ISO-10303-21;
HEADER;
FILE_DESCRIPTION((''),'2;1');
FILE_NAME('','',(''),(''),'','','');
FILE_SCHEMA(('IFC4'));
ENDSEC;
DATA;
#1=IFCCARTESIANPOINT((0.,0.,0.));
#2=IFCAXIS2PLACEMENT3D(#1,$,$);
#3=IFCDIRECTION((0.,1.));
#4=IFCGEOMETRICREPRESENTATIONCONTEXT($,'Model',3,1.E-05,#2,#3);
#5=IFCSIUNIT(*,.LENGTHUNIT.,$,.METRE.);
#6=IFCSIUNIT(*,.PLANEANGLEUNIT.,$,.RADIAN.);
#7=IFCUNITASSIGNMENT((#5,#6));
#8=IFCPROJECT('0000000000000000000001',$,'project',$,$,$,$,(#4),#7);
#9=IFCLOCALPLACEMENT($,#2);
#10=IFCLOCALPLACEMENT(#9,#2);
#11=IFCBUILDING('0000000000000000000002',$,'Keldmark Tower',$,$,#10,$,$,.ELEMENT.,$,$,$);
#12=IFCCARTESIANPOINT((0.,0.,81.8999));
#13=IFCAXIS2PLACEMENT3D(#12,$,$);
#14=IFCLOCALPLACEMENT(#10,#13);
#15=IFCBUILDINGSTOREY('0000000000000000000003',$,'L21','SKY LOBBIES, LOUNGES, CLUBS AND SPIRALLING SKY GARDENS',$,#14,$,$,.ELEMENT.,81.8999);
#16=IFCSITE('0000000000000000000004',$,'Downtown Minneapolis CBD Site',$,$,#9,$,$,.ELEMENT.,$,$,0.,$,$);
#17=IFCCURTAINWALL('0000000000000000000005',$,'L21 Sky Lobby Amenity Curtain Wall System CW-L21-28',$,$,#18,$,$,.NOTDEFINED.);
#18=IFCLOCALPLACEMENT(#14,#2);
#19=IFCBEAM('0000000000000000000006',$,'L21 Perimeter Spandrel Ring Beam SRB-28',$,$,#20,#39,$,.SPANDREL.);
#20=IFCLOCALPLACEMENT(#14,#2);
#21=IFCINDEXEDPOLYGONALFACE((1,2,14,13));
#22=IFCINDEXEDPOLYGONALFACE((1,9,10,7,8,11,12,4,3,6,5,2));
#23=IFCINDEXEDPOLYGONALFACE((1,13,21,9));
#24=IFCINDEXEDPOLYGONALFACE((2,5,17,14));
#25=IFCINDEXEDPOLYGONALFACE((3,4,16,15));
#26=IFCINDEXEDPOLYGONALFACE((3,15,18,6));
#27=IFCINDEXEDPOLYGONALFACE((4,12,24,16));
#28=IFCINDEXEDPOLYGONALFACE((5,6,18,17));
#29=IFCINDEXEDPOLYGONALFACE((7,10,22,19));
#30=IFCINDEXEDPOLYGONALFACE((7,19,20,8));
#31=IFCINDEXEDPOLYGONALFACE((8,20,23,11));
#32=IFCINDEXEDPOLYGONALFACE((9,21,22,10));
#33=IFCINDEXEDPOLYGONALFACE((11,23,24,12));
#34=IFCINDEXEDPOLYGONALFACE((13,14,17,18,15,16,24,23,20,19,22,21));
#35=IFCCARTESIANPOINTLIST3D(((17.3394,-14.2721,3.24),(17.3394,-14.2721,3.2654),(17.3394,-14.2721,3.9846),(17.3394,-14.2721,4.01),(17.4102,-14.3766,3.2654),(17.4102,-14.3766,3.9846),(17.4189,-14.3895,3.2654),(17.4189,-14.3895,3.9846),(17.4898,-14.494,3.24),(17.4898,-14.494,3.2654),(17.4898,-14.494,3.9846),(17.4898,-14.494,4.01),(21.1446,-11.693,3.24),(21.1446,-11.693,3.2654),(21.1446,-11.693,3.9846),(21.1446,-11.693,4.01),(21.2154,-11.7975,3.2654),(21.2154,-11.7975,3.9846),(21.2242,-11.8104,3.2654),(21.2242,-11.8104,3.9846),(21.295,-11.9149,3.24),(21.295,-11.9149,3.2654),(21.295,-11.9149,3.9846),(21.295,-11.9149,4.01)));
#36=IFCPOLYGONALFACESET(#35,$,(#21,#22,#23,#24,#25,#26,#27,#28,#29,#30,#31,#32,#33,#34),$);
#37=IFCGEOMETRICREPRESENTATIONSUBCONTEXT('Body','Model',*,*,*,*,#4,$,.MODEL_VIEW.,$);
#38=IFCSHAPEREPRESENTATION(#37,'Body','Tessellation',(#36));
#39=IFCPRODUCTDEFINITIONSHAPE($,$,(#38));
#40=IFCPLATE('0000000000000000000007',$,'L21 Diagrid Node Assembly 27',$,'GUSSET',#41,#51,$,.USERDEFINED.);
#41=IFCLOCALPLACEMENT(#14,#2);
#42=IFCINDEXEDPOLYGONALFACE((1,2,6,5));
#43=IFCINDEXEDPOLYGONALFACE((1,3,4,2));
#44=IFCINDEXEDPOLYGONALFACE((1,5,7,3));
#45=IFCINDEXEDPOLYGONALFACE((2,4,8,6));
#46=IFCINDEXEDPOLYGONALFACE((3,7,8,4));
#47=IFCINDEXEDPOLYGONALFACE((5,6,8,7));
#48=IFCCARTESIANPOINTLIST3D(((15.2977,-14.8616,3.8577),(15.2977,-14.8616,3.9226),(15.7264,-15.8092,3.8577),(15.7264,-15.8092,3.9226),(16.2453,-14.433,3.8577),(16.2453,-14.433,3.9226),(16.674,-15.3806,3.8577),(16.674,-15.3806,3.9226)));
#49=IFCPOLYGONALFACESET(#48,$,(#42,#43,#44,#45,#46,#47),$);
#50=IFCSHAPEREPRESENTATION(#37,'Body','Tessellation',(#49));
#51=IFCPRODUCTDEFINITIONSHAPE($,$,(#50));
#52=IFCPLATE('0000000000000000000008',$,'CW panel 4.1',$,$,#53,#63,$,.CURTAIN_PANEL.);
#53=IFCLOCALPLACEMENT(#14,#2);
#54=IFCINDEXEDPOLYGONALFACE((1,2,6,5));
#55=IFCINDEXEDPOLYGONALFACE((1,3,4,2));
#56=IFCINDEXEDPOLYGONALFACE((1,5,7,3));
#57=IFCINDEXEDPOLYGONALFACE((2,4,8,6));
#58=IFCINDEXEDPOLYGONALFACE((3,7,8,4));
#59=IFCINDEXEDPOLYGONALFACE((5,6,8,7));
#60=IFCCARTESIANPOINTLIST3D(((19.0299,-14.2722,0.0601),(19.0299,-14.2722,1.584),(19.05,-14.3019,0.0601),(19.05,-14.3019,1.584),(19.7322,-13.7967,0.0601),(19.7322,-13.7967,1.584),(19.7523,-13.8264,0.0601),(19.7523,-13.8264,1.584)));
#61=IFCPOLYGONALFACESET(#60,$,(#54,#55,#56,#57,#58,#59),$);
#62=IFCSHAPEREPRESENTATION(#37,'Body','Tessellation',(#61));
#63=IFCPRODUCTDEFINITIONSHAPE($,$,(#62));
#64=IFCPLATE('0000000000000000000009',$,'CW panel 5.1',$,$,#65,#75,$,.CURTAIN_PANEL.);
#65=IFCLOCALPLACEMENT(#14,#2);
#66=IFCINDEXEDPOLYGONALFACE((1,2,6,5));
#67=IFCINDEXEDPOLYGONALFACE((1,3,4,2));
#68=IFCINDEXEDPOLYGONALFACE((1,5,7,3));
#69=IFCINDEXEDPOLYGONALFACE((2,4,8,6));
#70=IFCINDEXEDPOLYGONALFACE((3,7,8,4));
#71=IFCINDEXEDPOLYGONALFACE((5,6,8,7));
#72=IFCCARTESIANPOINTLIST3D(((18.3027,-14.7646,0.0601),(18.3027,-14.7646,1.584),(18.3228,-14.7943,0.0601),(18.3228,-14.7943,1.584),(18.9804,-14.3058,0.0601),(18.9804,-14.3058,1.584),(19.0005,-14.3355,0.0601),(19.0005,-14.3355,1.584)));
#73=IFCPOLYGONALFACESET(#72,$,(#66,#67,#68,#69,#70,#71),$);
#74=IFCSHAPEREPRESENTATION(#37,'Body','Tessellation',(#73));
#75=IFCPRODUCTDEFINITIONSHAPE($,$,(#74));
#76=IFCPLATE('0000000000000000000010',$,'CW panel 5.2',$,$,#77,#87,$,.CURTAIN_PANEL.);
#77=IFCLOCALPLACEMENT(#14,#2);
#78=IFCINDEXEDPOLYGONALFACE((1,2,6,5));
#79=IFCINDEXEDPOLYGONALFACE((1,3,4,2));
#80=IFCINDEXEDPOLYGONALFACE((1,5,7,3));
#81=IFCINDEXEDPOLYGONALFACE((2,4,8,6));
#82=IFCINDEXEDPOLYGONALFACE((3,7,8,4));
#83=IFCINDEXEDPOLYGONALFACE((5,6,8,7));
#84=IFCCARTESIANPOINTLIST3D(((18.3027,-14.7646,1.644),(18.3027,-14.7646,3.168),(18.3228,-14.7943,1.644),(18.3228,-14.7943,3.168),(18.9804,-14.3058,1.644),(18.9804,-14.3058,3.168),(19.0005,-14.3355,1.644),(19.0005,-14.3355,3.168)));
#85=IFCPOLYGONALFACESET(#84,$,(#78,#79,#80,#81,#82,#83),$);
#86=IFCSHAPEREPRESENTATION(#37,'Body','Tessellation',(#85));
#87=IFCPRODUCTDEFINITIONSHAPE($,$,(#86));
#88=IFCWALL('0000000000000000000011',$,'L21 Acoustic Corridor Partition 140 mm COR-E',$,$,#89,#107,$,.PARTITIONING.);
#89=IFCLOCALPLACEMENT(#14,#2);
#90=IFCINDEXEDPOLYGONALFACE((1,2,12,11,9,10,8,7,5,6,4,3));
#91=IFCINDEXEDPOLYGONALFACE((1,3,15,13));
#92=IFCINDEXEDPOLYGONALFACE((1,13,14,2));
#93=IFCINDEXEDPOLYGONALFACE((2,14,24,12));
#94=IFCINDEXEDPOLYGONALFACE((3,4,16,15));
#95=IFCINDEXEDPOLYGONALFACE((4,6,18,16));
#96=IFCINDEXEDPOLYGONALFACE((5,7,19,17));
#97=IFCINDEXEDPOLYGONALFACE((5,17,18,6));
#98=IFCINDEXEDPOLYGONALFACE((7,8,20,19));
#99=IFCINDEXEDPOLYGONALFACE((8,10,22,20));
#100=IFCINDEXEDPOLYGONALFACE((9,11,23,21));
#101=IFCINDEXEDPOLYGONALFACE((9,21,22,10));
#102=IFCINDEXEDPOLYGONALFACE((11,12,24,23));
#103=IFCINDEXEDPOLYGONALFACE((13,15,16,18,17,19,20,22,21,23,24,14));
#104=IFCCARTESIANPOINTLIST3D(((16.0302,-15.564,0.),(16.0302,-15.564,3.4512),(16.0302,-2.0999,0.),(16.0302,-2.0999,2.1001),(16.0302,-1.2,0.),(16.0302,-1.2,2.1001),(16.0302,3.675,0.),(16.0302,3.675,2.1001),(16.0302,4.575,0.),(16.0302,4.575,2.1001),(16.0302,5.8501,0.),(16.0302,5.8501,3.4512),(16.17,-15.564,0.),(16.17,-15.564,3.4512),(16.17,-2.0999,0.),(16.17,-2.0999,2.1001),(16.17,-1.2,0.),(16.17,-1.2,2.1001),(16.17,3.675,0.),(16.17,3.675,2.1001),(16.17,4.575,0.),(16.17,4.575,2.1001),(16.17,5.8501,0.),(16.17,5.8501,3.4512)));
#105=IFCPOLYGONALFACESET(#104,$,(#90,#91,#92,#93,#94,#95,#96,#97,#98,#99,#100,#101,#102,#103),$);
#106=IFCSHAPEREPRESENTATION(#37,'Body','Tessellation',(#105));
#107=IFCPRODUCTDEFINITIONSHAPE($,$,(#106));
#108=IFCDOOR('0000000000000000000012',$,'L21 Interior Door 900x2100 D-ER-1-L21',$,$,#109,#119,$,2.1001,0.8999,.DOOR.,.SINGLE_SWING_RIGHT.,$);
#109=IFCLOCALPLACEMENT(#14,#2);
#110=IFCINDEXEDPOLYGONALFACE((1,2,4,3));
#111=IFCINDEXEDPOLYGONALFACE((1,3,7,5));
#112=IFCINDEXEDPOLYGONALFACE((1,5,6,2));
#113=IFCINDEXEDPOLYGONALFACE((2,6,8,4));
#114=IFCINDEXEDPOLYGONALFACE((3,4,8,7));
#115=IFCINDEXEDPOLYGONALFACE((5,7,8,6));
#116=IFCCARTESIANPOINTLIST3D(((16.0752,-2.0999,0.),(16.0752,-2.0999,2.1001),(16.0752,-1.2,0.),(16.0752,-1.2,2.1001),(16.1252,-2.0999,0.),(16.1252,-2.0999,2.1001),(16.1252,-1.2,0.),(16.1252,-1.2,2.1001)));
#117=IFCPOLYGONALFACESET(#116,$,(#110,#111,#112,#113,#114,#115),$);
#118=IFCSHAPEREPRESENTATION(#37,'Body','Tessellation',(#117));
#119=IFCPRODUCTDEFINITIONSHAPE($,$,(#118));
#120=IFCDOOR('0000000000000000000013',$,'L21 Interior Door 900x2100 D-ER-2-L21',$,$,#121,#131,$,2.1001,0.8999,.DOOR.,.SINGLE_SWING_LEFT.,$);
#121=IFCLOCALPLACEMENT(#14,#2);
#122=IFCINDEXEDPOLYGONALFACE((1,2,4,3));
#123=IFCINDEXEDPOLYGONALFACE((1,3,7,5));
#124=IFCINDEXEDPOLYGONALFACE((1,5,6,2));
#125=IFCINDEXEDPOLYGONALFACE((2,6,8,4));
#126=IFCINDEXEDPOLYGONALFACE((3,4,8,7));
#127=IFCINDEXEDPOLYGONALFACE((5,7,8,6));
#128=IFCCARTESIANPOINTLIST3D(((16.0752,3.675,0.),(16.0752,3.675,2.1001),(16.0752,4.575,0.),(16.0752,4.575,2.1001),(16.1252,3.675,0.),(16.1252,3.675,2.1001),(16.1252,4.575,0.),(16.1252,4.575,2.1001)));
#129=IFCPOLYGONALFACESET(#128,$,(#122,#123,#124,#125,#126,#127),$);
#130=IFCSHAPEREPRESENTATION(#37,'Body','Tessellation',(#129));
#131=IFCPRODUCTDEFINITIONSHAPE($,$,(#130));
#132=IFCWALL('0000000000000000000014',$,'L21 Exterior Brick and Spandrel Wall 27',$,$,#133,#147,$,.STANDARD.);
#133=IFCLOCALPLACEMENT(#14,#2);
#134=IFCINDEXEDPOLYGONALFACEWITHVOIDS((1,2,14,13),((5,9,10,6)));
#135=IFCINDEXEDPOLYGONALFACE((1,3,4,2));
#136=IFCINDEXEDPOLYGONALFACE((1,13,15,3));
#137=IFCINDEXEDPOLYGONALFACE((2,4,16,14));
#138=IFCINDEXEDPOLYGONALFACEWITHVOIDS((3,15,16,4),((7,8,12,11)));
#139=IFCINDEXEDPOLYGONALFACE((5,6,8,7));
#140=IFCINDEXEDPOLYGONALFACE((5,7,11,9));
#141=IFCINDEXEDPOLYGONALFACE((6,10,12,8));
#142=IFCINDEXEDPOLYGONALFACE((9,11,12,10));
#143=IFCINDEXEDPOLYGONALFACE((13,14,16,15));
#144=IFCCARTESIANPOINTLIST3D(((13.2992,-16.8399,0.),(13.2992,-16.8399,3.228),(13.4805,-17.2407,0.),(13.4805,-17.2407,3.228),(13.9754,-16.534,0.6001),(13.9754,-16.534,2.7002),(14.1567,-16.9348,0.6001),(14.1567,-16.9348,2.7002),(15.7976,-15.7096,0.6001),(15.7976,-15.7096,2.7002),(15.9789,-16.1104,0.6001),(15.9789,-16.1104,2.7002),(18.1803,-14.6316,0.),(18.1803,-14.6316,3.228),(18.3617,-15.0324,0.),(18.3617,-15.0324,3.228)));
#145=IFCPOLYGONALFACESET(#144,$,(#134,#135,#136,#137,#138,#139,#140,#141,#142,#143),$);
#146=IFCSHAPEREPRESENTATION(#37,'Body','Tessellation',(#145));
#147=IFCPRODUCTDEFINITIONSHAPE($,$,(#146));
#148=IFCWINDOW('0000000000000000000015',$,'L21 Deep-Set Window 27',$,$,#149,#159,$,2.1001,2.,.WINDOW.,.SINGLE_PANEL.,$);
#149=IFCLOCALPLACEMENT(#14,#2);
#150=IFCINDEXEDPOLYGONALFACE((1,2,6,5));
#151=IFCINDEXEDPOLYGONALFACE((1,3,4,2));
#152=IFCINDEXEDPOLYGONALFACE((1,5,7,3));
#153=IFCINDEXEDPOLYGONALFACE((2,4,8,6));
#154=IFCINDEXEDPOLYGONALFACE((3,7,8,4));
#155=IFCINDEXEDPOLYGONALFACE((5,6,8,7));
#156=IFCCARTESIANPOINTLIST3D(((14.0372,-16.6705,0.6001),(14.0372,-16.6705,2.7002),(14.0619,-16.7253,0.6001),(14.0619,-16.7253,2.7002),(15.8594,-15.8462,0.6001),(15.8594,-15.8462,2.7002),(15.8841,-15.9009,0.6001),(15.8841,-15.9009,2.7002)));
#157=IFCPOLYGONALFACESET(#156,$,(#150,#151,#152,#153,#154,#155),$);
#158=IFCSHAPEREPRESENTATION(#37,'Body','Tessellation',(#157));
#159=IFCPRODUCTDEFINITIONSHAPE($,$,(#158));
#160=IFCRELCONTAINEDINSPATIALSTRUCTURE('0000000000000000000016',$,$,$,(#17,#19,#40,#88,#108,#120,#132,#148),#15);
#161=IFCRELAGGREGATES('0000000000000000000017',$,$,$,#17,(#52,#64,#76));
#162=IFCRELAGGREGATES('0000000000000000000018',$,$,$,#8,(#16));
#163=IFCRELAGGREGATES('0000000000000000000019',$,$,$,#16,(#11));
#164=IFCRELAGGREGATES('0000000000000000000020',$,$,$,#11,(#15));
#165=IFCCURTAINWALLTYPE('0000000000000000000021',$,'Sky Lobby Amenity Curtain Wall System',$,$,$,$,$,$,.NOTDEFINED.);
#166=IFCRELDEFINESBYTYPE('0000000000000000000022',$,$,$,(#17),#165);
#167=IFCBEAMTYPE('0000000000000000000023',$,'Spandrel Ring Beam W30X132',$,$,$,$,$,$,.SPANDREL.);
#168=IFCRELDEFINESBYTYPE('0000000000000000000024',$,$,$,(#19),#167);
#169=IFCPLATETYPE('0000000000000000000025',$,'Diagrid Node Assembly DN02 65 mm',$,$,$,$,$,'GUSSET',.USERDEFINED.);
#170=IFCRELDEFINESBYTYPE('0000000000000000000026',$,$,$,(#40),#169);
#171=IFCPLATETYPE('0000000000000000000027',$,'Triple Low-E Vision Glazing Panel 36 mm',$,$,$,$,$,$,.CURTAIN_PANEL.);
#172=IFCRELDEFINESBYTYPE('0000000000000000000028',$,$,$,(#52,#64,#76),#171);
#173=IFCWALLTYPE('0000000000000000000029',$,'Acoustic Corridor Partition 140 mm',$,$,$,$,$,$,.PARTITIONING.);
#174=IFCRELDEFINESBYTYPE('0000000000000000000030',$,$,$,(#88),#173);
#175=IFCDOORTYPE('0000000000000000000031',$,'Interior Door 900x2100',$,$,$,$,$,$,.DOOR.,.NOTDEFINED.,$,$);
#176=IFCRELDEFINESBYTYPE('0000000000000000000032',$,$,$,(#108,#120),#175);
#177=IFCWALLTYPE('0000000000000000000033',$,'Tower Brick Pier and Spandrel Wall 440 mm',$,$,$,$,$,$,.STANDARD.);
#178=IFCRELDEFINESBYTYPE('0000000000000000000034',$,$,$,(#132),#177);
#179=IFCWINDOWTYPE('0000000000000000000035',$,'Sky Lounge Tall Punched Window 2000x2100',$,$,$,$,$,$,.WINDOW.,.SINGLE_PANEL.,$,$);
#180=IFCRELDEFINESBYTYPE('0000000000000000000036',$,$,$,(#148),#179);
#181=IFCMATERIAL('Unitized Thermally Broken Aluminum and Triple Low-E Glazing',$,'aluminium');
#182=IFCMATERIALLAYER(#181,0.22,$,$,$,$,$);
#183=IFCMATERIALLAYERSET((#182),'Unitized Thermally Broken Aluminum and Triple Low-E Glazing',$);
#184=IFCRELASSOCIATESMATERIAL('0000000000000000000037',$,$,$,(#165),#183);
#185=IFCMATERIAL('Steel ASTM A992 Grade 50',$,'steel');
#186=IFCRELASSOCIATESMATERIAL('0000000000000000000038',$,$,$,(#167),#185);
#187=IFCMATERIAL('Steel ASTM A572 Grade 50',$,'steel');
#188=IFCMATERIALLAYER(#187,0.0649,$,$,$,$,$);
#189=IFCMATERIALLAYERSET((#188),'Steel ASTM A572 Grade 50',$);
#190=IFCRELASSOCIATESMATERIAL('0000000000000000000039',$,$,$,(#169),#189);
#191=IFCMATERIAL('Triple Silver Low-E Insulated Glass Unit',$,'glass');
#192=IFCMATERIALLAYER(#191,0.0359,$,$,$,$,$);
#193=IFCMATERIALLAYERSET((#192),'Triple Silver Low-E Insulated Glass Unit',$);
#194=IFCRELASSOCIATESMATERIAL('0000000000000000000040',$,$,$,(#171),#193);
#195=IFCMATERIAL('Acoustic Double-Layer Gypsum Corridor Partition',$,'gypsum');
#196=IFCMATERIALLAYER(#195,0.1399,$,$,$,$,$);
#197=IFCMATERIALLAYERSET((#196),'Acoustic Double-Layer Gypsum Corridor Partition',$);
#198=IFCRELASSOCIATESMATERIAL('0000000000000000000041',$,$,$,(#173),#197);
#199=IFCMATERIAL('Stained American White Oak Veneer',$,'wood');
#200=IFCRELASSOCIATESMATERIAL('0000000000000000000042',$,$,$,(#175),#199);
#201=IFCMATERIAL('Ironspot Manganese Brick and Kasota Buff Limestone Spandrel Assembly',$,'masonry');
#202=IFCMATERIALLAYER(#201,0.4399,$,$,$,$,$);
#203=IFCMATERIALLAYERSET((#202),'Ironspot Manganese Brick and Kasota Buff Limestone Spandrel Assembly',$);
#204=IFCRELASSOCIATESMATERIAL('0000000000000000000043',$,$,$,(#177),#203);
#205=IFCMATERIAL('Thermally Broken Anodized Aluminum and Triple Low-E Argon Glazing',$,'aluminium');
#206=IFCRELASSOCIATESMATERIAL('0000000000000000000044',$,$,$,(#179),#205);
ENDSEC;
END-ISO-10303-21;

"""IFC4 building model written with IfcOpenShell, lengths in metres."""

from ifc_helpers import new_model, si_unit, direction, frame, frame_2d, origin, origin_2d, place, context, subcontext, project, spatial, rectangle, i_section, extrude, material, layer, layer_set, material_profile, profile_set, type_object, element, fill, aggregate, save


model = new_model("IFC4")

# Units and contexts
model_context = context("Model", 3, precision=1e-05, world=origin(), true_north=direction((0.0, 1.0)))
body_context = subcontext(model_context, "Body", "Model", "MODEL_VIEW")
ifc_project = project(units=[si_unit("LENGTHUNIT", "METRE"), si_unit("PLANEANGLEUNIT", "RADIAN")], contexts=[model_context])

# Site, building, storey
site_placement = place(None, origin())
site = spatial("IfcSite", under=ifc_project, at=site_placement, Name="Downtown Minneapolis CBD Site", CompositionType="ELEMENT", RefElevation=0.0)
building_placement = place(site_placement, origin())
building = spatial("IfcBuilding", under=site, at=building_placement, Name="Keldmark Tower", CompositionType="ELEMENT")
storey_placement = place(building_placement, frame((0.0, 0.0, 81.8999)))
storey = spatial("IfcBuildingStorey", under=building, at=storey_placement, Name="L21", Description="SKY LOBBIES, LOUNGES, CLUBS AND SPIRALLING SKY GARDENS", CompositionType="ELEMENT", Elevation=81.8999)

# Curtain wall
ifc_material_1 = material(Name="Unitized Thermally Broken Aluminum and Triple Low-E Glazing", Category="aluminium")
ifc_layer_1 = layer(ifc_material_1, 0.22)
ifc_layer_set_1 = layer_set([ifc_layer_1], Name="Unitized Thermally Broken Aluminum and Triple Low-E Glazing")
curtain_wall_type = type_object("IfcCurtainWallType", Name="Sky Lobby Amenity Curtain Wall System", PredefinedType="NOTDEFINED", material=ifc_layer_set_1)
curtain_wall_1_placement = place(storey_placement, origin())
curtain_wall_1 = element("IfcCurtainWall", 1, at=curtain_wall_1_placement, inside=storey, type_object=curtain_wall_type, Name="L21 Sky Lobby Amenity Curtain Wall System CW-L21-28", PredefinedType="NOTDEFINED")

# Beam
ifc_material_2 = material(Name="Steel ASTM A992 Grade 50", Category="steel")
ifc_material_profile_1 = material_profile(ifc_material_2, i_section(OverallWidth=0.2681, OverallDepth=0.77, WebThickness=0.0156, FlangeThickness=0.0254, at=origin_2d()), Name="W30X132")
ifc_profile_set_1 = profile_set([ifc_material_profile_1], Name="Steel ASTM A992 Grade 50")
beam_type_1 = type_object("IfcBeamType", Name="Spandrel Ring Beam W30X132", PredefinedType="SPANDREL", material=ifc_profile_set_1)
beam_1_placement = place(storey_placement, frame((17.4146, -14.3831, 3.625), z_axis=(0.827777, 0.561057, 0.0), x_axis=(-0.561057, 0.827777, 0.0)))
element("IfcBeam", 2, at=beam_1_placement, inside=storey, type_object=beam_type_1, Name="L21 Perimeter Spandrel Ring Beam SRB-28", PredefinedType="SPANDREL", context=body_context, shape_type="SweptSolid", body=[
    extrude(i_section(OverallWidth=0.2681, OverallDepth=0.77, WebThickness=0.0156, FlangeThickness=0.0254, at=origin_2d()), origin(), (0.0, 0.0, 1.0), 4.5969),
])

# Plates
ifc_material_3 = material(Name="Steel ASTM A572 Grade 50", Category="steel")
ifc_layer_2 = layer(ifc_material_3, 0.0649)
ifc_layer_set_2 = layer_set([ifc_layer_2], Name="Steel ASTM A572 Grade 50")
plate_type_1 = type_object("IfcPlateType", Name="Diagrid Node Assembly DN02 65 mm", ElementType="GUSSET", PredefinedType="USERDEFINED", material=ifc_layer_set_2)
plate_1_placement = place(storey_placement, frame((15.9858, -15.1211, 3.8577), z_axis=(0.0, 0.0, 1.0), x_axis=(0.911116, 0.412151, 0.0)))
element("IfcPlate", 3, at=plate_1_placement, inside=storey, type_object=plate_type_1, Name="L21 Diagrid Node Assembly 27", ObjectType="GUSSET", PredefinedType="USERDEFINED", context=body_context, shape_type="SweptSolid", body=[
    extrude(rectangle(XDim=1.04, YDim=1.04, at=origin_2d()), origin(), (0.0, 0.0, 1.0), 0.0649),
])
ifc_material_4 = material(Name="Triple Silver Low-E Insulated Glass Unit", Category="glass")
ifc_layer_3 = layer(ifc_material_4, 0.0359)
ifc_layer_set_3 = layer_set([ifc_layer_3], Name="Triple Silver Low-E Insulated Glass Unit")
plate_type_2 = type_object("IfcPlateType", Name="Triple Low-E Vision Glazing Panel 36 mm", PredefinedType="CURTAIN_PANEL", material=ifc_layer_set_3)
plate_2_placement = place(storey_placement, frame((19.3911, -14.0493, 0.0601), z_axis=(0.0, 0.0, 1.0), x_axis=(-0.828059, -0.560642, 0.0)))
plate_2 = element("IfcPlate", 4, at=plate_2_placement, type_object=plate_type_2, Name="CW panel 4.1", PredefinedType="CURTAIN_PANEL", context=body_context, shape_type="SweptSolid", body=[
    extrude(rectangle(XDim=0.8481, YDim=0.0359, at=origin_2d()), origin(), (0.0, 0.0, 1.0), 1.5239),
])
plate_3_placement = place(storey_placement, frame((18.6516, -14.55, 0.0601), z_axis=(0.0, 0.0, 1.0), x_axis=(-0.828059, -0.560642, 0.0)))
plate_3 = element("IfcPlate", 5, at=plate_3_placement, type_object=plate_type_2, Name="CW panel 5.1", PredefinedType="CURTAIN_PANEL", context=body_context, shape_type="SweptSolid", body=[
    extrude(rectangle(XDim=0.8184, YDim=0.0359, at=origin_2d()), origin(), (0.0, 0.0, 1.0), 1.5239),
])
plate_4_placement = place(storey_placement, frame((18.6516, -14.55, 1.644), z_axis=(0.0, 0.0, 1.0), x_axis=(-0.828059, -0.560642, 0.0)))
plate_4 = element("IfcPlate", 6, at=plate_4_placement, type_object=plate_type_2, Name="CW panel 5.2", PredefinedType="CURTAIN_PANEL", context=body_context, shape_type="SweptSolid", body=[
    extrude(rectangle(XDim=0.8184, YDim=0.0359, at=origin_2d()), origin(), (0.0, 0.0, 1.0), 1.5239),
])
aggregate(curtain_wall_1, [plate_2, plate_3, plate_4])

# Wall, openings, doors
ifc_material_5 = material(Name="Acoustic Double-Layer Gypsum Corridor Partition", Category="gypsum")
ifc_layer_4 = layer(ifc_material_5, 0.1399)
ifc_layer_set_4 = layer_set([ifc_layer_4], Name="Acoustic Double-Layer Gypsum Corridor Partition")
wall_type_1 = type_object("IfcWallType", Name="Acoustic Corridor Partition 140 mm", PredefinedType="PARTITIONING", material=ifc_layer_set_4)
wall_1_placement = place(storey_placement, frame((16.1001, -15.564, 0.0), z_axis=(0.0, 0.0, 1.0), x_axis=(0.0, 1.0, 0.0)))
wall_1 = element("IfcWall", 7, at=wall_1_placement, inside=storey, type_object=wall_type_1, Name="L21 Acoustic Corridor Partition 140 mm COR-E", PredefinedType="PARTITIONING", context=body_context, shape_type="SweptSolid", body=[
    extrude(rectangle(XDim=21.4141, YDim=0.1399, at=frame_2d((10.707, 0.0))), origin(), (0.0, 0.0, 1.0), 3.4512),
])
opening_1_placement = place(wall_1_placement, frame((13.4641, 0.0, 0.0)))
opening_1 = element("IfcOpeningElement", 8, at=opening_1_placement, cuts=wall_1, PredefinedType="OPENING", context=body_context, shape_type="SweptSolid", body=[
    extrude(rectangle(XDim=0.8999, YDim=2.1001, at=frame_2d((0.45, 1.05))), frame((0.0, 0.0798, 0.0), z_axis=(0.0, -1.0, 0.0), x_axis=(1.0, 0.0, 0.0)), (0.0, 0.0, 1.0), 0.1599),
])
opening_2_placement = place(wall_1_placement, frame((19.239, 0.0, 0.0)))
opening_2 = element("IfcOpeningElement", 9, at=opening_2_placement, cuts=wall_1, PredefinedType="OPENING", context=body_context, shape_type="SweptSolid", body=[
    extrude(rectangle(XDim=0.8999, YDim=2.1001, at=frame_2d((0.45, 1.05))), frame((0.0, 0.0798, 0.0), z_axis=(0.0, -1.0, 0.0), x_axis=(1.0, 0.0, 0.0)), (0.0, 0.0, 1.0), 0.1599),
])
ifc_material_6 = material(Name="Stained American White Oak Veneer", Category="wood")
door_type = type_object("IfcDoorType", Name="Interior Door 900x2100", OperationType="NOTDEFINED", PredefinedType="DOOR", material=ifc_material_6)
door_1_placement = place(opening_1_placement, origin())
door_1 = element("IfcDoor", 10, at=door_1_placement, inside=storey, type_object=door_type, Name="L21 Interior Door 900x2100 D-ER-1-L21", OperationType="SINGLE_SWING_RIGHT", OverallHeight=2.1001, OverallWidth=0.8999, PredefinedType="DOOR", context=body_context, shape_type="SweptSolid", body=[
    extrude(rectangle(XDim=0.8999, YDim=2.1001, at=frame_2d((0.45, 1.05))), frame((0.0, 0.0249, 0.0), z_axis=(0.0, -1.0, 0.0), x_axis=(1.0, 0.0, 0.0)), (0.0, 0.0, 1.0), 0.05),
])
fill(opening_1, door_1)
door_2_placement = place(opening_2_placement, origin())
door_2 = element("IfcDoor", 11, at=door_2_placement, inside=storey, type_object=door_type, Name="L21 Interior Door 900x2100 D-ER-2-L21", OperationType="SINGLE_SWING_LEFT", OverallHeight=2.1001, OverallWidth=0.8999, PredefinedType="DOOR", context=body_context, shape_type="SweptSolid", body=[
    extrude(rectangle(XDim=0.8999, YDim=2.1001, at=frame_2d((0.45, 1.05))), frame((0.0, 0.0249, 0.0), z_axis=(0.0, -1.0, 0.0), x_axis=(1.0, 0.0, 0.0)), (0.0, 0.0, 1.0), 0.05),
])
fill(opening_2, door_2)

# Wall, opening, window
ifc_material_7 = material(Name="Ironspot Manganese Brick and Kasota Buff Limestone Spandrel Assembly", Category="masonry")
ifc_layer_5 = layer(ifc_material_7, 0.4399)
ifc_layer_set_5 = layer_set([ifc_layer_5], Name="Ironspot Manganese Brick and Kasota Buff Limestone Spandrel Assembly")
wall_type_2 = type_object("IfcWallType", Name="Tower Brick Pier and Spandrel Wall 440 mm", PredefinedType="STANDARD", material=ifc_layer_set_5)
wall_2_placement = place(storey_placement, frame((18.271, -14.832, 0.0), z_axis=(0.0, 0.0, 1.0), x_axis=(-0.911099, -0.412189, 0.0)))
wall_2 = element("IfcWall", 12, at=wall_2_placement, inside=storey, type_object=wall_type_2, Name="L21 Exterior Brick and Spandrel Wall 27", PredefinedType="STANDARD", context=body_context, shape_type="SweptSolid", body=[
    extrude(rectangle(XDim=5.3574, YDim=0.4399, at=frame_2d((2.6787, 0.0))), origin(), (0.0, 0.0, 1.0), 3.228),
])
opening_3_placement = place(wall_2_placement, frame((2.6152, 0.0, 0.6001)))
opening_3 = element("IfcOpeningElement", 13, at=opening_3_placement, cuts=wall_2, PredefinedType="OPENING", context=body_context, shape_type="SweptSolid", body=[
    extrude(rectangle(XDim=2.0, YDim=2.1001, at=frame_2d((1.0, 1.05))), frame((0.0, 0.23, 0.0), z_axis=(0.0, -1.0, 0.0), x_axis=(1.0, 0.0, 0.0)), (0.0, 0.0, 1.0), 0.46),
])
ifc_material_8 = material(Name="Thermally Broken Anodized Aluminum and Triple Low-E Argon Glazing", Category="aluminium")
window_type = type_object("IfcWindowType", Name="Sky Lounge Tall Punched Window 2000x2100", PartitioningType="SINGLE_PANEL", PredefinedType="WINDOW", material=ifc_material_8)
window_placement = place(opening_3_placement, origin())
window = element("IfcWindow", 14, at=window_placement, inside=storey, type_object=window_type, Name="L21 Deep-Set Window 27", OverallHeight=2.1001, OverallWidth=2.0, PartitioningType="SINGLE_PANEL", PredefinedType="WINDOW", context=body_context, shape_type="SweptSolid", body=[
    extrude(rectangle(XDim=2.0, YDim=2.1001, at=frame_2d((1.0, 1.05))), frame((0.0, -0.01, 0.0), z_axis=(0.0, -1.0, 0.0), x_axis=(1.0, 0.0, 0.0)), (0.0, 0.0, 1.0), 0.0601),
])
fill(opening_3, window)

save(model, "model.ifc")
